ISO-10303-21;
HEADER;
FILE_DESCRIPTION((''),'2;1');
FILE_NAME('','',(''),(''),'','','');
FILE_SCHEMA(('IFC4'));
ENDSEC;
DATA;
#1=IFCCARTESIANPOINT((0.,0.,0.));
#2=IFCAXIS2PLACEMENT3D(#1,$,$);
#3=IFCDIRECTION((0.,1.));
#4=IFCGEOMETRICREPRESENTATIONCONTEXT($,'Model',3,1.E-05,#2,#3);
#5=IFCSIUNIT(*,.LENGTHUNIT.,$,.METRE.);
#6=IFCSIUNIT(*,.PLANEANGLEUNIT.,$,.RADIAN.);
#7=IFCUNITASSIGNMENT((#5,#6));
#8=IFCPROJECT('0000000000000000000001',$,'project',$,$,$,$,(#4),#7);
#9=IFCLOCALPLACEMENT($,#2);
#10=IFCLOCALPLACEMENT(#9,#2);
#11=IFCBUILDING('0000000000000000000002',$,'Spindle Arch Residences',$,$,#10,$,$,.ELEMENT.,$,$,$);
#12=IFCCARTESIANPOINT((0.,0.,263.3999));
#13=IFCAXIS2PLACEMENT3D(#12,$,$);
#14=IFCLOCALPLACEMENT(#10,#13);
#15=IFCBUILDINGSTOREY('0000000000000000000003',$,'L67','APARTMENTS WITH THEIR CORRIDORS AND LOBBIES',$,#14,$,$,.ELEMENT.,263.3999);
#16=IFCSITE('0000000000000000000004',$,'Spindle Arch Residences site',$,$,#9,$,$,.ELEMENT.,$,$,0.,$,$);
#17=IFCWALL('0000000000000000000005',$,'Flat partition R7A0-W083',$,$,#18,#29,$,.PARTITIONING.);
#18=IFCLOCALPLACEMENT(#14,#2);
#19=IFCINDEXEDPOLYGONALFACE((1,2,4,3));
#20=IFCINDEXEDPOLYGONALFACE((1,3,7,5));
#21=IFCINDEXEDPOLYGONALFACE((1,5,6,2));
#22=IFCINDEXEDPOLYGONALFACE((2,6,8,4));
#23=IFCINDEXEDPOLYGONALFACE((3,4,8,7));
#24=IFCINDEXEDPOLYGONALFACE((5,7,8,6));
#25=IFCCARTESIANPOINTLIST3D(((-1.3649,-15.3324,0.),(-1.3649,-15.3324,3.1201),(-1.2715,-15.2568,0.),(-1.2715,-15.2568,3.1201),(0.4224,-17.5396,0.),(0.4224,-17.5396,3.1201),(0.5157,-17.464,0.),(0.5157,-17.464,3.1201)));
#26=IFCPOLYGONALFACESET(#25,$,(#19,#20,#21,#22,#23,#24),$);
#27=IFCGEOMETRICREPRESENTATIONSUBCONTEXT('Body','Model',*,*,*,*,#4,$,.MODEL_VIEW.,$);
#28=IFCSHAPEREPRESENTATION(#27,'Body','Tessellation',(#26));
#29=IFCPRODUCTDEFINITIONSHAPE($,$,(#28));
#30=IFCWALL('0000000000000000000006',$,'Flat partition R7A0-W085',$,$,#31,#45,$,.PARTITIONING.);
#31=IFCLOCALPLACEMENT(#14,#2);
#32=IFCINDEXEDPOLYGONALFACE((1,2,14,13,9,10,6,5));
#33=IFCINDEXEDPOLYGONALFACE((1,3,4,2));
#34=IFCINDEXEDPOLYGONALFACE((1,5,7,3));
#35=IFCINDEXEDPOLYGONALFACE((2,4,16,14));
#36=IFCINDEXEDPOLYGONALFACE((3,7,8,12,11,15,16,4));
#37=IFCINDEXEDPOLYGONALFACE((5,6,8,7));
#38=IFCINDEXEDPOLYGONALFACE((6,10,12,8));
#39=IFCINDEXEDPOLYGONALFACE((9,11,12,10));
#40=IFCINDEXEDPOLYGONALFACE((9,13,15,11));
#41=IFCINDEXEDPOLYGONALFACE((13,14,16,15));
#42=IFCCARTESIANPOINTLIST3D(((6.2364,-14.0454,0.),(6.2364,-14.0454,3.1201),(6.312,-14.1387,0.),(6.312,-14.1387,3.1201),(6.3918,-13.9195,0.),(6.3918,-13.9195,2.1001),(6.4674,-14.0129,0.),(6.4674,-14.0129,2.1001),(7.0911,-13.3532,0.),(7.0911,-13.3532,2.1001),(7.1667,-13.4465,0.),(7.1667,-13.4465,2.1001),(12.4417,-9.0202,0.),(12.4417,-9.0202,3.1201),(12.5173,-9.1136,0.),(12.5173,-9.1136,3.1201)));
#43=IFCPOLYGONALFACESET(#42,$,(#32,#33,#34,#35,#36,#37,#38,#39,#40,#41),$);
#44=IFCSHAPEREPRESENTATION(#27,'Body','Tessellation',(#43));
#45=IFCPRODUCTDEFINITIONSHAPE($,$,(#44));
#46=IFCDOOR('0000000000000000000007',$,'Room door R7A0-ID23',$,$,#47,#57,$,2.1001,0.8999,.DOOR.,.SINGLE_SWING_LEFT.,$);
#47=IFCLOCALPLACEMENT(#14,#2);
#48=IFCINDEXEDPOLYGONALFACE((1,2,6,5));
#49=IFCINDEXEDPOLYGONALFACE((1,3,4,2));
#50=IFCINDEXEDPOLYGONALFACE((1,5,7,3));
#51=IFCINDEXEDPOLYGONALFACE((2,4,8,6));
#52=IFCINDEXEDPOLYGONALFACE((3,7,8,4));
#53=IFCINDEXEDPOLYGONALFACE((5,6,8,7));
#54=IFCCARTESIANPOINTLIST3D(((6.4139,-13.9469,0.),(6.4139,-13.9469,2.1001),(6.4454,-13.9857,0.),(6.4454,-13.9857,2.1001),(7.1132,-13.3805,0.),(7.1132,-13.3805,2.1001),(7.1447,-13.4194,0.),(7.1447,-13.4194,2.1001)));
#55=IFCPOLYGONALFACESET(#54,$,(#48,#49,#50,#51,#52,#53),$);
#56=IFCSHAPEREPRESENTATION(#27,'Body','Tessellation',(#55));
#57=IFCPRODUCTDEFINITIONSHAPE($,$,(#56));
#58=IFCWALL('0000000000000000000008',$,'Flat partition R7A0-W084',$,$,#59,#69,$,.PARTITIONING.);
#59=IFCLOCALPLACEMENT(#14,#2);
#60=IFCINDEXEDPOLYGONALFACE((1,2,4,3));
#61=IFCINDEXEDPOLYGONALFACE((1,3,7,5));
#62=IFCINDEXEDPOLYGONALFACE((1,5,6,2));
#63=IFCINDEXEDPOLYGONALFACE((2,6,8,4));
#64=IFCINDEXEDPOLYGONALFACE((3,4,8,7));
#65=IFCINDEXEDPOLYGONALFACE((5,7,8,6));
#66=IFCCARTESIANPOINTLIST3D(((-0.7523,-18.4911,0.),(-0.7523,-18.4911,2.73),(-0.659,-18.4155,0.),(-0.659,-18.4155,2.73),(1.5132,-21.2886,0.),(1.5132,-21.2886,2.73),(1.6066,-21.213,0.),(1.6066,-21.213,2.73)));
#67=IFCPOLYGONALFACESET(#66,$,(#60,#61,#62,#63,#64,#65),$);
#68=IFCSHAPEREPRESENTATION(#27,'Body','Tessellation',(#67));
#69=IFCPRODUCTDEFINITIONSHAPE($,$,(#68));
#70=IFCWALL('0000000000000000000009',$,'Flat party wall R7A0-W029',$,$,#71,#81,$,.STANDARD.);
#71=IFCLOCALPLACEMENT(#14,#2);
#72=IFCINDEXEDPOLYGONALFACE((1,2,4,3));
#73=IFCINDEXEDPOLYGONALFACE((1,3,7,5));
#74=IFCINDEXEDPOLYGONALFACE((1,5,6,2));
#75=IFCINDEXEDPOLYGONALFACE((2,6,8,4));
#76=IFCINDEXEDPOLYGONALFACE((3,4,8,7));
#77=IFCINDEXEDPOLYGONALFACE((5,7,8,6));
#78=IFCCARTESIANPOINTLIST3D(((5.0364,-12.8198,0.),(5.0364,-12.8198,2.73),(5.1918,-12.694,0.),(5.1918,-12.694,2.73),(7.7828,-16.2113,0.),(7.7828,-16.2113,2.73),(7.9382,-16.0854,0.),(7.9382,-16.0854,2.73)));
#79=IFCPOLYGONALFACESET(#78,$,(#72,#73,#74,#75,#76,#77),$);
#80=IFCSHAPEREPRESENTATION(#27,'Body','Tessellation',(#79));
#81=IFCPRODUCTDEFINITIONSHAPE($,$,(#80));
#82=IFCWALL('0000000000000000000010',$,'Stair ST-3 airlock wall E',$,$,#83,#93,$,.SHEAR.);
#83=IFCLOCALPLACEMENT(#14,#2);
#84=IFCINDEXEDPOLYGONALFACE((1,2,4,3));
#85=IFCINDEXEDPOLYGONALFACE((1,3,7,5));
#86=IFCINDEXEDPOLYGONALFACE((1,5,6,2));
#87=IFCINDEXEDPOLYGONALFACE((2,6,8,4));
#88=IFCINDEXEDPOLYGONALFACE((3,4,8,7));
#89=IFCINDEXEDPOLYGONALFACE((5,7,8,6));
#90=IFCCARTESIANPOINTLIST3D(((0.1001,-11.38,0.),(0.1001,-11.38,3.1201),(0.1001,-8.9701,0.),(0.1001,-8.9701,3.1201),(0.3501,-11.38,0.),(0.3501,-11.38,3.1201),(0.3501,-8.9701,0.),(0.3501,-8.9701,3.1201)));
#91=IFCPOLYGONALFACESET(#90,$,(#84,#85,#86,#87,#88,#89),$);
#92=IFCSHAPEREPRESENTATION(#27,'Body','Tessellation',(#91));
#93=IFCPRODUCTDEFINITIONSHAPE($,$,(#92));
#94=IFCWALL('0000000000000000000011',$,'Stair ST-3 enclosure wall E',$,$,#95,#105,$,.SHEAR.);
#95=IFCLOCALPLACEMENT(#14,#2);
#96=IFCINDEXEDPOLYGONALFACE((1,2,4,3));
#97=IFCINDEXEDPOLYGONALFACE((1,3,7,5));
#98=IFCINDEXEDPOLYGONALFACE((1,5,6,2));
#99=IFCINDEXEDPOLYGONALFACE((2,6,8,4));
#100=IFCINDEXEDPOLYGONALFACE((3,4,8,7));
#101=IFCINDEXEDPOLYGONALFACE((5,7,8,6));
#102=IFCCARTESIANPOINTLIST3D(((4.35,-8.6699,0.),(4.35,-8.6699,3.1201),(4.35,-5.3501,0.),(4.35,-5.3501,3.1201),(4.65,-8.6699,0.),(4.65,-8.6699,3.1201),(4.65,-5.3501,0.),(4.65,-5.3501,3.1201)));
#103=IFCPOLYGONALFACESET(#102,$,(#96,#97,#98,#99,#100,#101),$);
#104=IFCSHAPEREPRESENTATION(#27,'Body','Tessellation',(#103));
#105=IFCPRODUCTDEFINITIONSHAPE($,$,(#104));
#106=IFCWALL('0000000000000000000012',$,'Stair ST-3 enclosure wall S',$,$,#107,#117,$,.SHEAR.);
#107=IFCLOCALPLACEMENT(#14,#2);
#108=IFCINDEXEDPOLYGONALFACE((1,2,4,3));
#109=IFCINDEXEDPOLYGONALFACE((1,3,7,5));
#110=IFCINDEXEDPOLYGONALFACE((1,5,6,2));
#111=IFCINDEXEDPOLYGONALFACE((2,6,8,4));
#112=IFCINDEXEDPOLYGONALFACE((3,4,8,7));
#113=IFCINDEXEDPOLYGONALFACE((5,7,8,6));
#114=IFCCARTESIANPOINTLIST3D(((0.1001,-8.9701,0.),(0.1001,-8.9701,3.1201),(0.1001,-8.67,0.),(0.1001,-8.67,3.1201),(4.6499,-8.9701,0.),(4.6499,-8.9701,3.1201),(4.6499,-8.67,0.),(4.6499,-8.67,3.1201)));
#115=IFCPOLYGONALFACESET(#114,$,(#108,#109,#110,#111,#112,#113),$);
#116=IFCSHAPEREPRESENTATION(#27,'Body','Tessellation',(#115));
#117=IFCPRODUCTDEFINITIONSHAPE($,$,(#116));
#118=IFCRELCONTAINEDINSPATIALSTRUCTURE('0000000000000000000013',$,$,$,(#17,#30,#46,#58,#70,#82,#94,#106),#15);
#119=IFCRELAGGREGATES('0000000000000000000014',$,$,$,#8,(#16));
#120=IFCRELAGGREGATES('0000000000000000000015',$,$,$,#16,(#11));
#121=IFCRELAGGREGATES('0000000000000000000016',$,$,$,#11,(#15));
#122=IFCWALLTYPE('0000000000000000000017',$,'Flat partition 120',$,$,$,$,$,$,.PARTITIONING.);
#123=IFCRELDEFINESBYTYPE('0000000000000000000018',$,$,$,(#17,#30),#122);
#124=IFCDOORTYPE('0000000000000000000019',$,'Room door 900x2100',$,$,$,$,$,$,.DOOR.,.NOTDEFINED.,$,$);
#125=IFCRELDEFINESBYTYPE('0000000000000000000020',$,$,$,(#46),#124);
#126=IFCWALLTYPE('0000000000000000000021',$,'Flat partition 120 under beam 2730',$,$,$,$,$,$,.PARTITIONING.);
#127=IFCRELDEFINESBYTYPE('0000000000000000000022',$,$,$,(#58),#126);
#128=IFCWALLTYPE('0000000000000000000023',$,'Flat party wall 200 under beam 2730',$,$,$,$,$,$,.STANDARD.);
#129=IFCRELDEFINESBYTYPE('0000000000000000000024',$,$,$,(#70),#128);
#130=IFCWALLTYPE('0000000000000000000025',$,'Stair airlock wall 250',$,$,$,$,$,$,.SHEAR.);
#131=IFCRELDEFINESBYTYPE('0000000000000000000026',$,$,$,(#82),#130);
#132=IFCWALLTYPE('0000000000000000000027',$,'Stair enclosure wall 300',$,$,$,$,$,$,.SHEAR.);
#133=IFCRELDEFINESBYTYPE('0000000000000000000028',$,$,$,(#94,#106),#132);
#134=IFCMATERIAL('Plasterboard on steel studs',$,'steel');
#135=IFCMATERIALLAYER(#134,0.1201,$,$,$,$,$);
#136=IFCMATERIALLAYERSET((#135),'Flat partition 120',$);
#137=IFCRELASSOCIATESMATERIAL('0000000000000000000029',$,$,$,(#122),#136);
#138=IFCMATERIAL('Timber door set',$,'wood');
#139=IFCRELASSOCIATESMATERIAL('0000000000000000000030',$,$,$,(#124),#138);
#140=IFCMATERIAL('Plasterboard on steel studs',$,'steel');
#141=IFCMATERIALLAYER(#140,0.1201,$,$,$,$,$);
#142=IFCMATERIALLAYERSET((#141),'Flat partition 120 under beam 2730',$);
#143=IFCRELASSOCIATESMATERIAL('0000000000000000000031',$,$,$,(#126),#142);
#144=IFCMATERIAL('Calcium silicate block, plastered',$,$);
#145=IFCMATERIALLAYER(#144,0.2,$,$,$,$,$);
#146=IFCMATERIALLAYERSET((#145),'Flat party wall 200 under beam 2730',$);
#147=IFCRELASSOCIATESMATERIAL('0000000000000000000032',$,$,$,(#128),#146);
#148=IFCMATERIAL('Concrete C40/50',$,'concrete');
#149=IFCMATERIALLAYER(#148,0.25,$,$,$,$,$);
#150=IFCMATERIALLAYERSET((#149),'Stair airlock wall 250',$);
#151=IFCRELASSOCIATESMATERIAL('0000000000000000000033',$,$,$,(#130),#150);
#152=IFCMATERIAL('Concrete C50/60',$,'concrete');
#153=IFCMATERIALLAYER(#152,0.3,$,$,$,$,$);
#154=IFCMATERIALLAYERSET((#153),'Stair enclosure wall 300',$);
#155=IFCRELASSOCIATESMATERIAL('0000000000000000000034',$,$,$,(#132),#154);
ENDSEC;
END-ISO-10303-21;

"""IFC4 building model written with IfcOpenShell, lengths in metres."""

from ifc_helpers import new_model, si_unit, direction, frame, frame_2d, origin, place, context, subcontext, project, spatial, rectangle, extrude, material, layer, layer_set, type_object, element, fill, save


model = new_model("IFC4")

# Units and contexts
model_context = context("Model", 3, precision=1e-05, world=origin(), true_north=direction((0.0, 1.0)))
body_context = subcontext(model_context, "Body", "Model", "MODEL_VIEW")
ifc_project = project(units=[si_unit("LENGTHUNIT", "METRE"), si_unit("PLANEANGLEUNIT", "RADIAN")], contexts=[model_context])

# Site, building, storey
site_placement = place(None, origin())
site = spatial("IfcSite", under=ifc_project, at=site_placement, Name="Spindle Arch Residences site", CompositionType="ELEMENT", RefElevation=0.0)
building_placement = place(site_placement, origin())
building = spatial("IfcBuilding", under=site, at=building_placement, Name="Spindle Arch Residences", CompositionType="ELEMENT")
storey_placement = place(building_placement, frame((0.0, 0.0, 263.3999)))
storey = spatial("IfcBuildingStorey", under=building, at=storey_placement, Name="L67", Description="APARTMENTS WITH THEIR CORRIDORS AND LOBBIES", CompositionType="ELEMENT", Elevation=263.3999)

# Shared definitions
ifc_material_1 = material(Name="Plasterboard on steel studs", Category="steel")
ifc_layer_1 = layer(ifc_material_1, 0.1201)
ifc_layer_set_1 = layer_set([ifc_layer_1], Name="Flat partition 120")
wall_type_1 = type_object("IfcWallType", Name="Flat partition 120", PredefinedType="PARTITIONING", material=ifc_layer_set_1)
ifc_material_2 = material(Name="Timber door set", Category="wood")
door_type_1 = type_object("IfcDoorType", Name="Room door 900x2100", OperationType="NOTDEFINED", PredefinedType="DOOR", material=ifc_material_2)

# Wall
wall_1_placement = place(storey_placement, frame((0.469, -17.5017, 0.0), z_axis=(0.0, 0.0, 1.0), x_axis=(-0.629307, 0.777157, 0.0)))
element("IfcWall", 1, at=wall_1_placement, inside=storey, type_object=wall_type_1, Name="Flat partition R7A0-W083", PredefinedType="PARTITIONING", context=body_context, shape_type="SweptSolid", body=[
    extrude(rectangle(XDim=2.8401, YDim=0.1201, at=frame_2d((1.4199, 0.0))), origin(), (0.0, 0.0, 1.0), 3.1201),
])

# Wall, opening, door
wall_2_placement = place(storey_placement, frame((6.2742, -14.092, 0.0), z_axis=(0.0, 0.0, 1.0), x_axis=(0.777135, 0.629334, 0.0)))
wall_2 = element("IfcWall", 2, at=wall_2_placement, inside=storey, type_object=wall_type_1, Name="Flat partition R7A0-W085", PredefinedType="PARTITIONING", context=body_context, shape_type="SweptSolid", body=[
    extrude(rectangle(XDim=7.9849, YDim=0.1201, at=frame_2d((3.9924, 0.0))), origin(), (0.0, 0.0, 1.0), 3.1201),
])
opening_1_placement = place(wall_2_placement, frame((0.2, 0.0, 0.0)))
opening_1 = element("IfcOpeningElement", 3, at=opening_1_placement, cuts=wall_2, PredefinedType="OPENING", context=body_context, shape_type="SweptSolid", body=[
    extrude(rectangle(XDim=0.8999, YDim=2.1001, at=frame_2d((0.45, 1.05))), frame((0.0, 0.0701, 0.0), z_axis=(0.0, -1.0, 0.0), x_axis=(1.0, 0.0, 0.0)), (0.0, 0.0, 1.0), 0.1401),
])
door_1_placement = place(opening_1_placement, origin())
door_1 = element("IfcDoor", 4, at=door_1_placement, inside=storey, type_object=door_type_1, Name="Room door R7A0-ID23", OperationType="SINGLE_SWING_LEFT", OverallHeight=2.1001, OverallWidth=0.8999, PredefinedType="DOOR", context=body_context, shape_type="SweptSolid", body=[
    extrude(rectangle(XDim=0.8999, YDim=2.1001, at=frame_2d((0.45, 1.05))), frame((0.0, 0.0249, 0.0), z_axis=(0.0, -1.0, 0.0), x_axis=(1.0, 0.0, 0.0)), (0.0, 0.0, 1.0), 0.05),
])
fill(opening_1, door_1)

# Walls
ifc_material_3 = material(Name="Plasterboard on steel studs", Category="steel")
ifc_layer_2 = layer(ifc_material_3, 0.1201)
ifc_layer_set_2 = layer_set([ifc_layer_2], Name="Flat partition 120 under beam 2730")
wall_type_2 = type_object("IfcWallType", Name="Flat partition 120 under beam 2730", PredefinedType="PARTITIONING", material=ifc_layer_set_2)
wall_3_placement = place(storey_placement, frame((1.5598, -21.2507, 0.0), z_axis=(0.0, 0.0, 1.0), x_axis=(-0.629348, 0.777123, 0.0)))
element("IfcWall", 5, at=wall_3_placement, inside=storey, type_object=wall_type_2, Name="Flat partition R7A0-W084", PredefinedType="PARTITIONING", context=body_context, shape_type="SweptSolid", body=[
    extrude(rectangle(XDim=3.5999, YDim=0.1201, at=frame_2d((1.7998, 0.0))), origin(), (0.0, 0.0, 1.0), 2.73),
])
ifc_material_4 = material(Name="Calcium silicate block, plastered")
ifc_layer_3 = layer(ifc_material_4, 0.2)
ifc_layer_set_3 = layer_set([ifc_layer_3], Name="Flat party wall 200 under beam 2730")
wall_type_3 = type_object("IfcWallType", Name="Flat party wall 200 under beam 2730", PredefinedType="STANDARD", material=ifc_layer_set_3)
wall_4_placement = place(storey_placement, frame((7.8606, -16.1484, 0.0), z_axis=(0.0, 0.0, 1.0), x_axis=(-0.62933, 0.777138, 0.0)))
element("IfcWall", 6, at=wall_4_placement, inside=storey, type_object=wall_type_3, Name="Flat party wall R7A0-W029", PredefinedType="STANDARD", context=body_context, shape_type="SweptSolid", body=[
    extrude(rectangle(XDim=4.364, YDim=0.2, at=frame_2d((2.1821, 0.0))), origin(), (0.0, 0.0, 1.0), 2.73),
])
ifc_material_5 = material(Name="Concrete C40/50", Category="concrete")
ifc_layer_4 = layer(ifc_material_5, 0.25)
ifc_layer_set_4 = layer_set([ifc_layer_4], Name="Stair airlock wall 250")
wall_type_4 = type_object("IfcWallType", Name="Stair airlock wall 250", PredefinedType="SHEAR", material=ifc_layer_set_4)
wall_5_placement = place(storey_placement, frame((0.2251, -8.97, 0.0), z_axis=(0.0, 0.0, 1.0), x_axis=(0.0, -1.0, 0.0)))
element("IfcWall", 7, at=wall_5_placement, inside=storey, type_object=wall_type_4, Name="Stair ST-3 airlock wall E", PredefinedType="SHEAR", context=body_context, shape_type="SweptSolid", body=[
    extrude(rectangle(XDim=2.4099, YDim=0.25, at=frame_2d((1.2051, 0.0))), origin(), (0.0, 0.0, 1.0), 3.1201),
])
ifc_material_6 = material(Name="Concrete C50/60", Category="concrete")
ifc_layer_5 = layer(ifc_material_6, 0.3)
ifc_layer_set_5 = layer_set([ifc_layer_5], Name="Stair enclosure wall 300")
wall_type_5 = type_object("IfcWallType", Name="Stair enclosure wall 300", PredefinedType="SHEAR", material=ifc_layer_set_5)
wall_6_placement = place(storey_placement, frame((4.5, -8.6699, 0.0), z_axis=(0.0, 0.0, 1.0), x_axis=(0.0, 1.0, 0.0)))
element("IfcWall", 8, at=wall_6_placement, inside=storey, type_object=wall_type_5, Name="Stair ST-3 enclosure wall E", PredefinedType="SHEAR", context=body_context, shape_type="SweptSolid", body=[
    extrude(rectangle(XDim=3.3198, YDim=0.3, at=frame_2d((1.6599, 0.0))), origin(), (0.0, 0.0, 1.0), 3.1201),
])
wall_7_placement = place(storey_placement, frame((0.1001, -8.8201, 0.0), z_axis=(0.0, 0.0, 1.0), x_axis=(1.0, 0.0, 0.0)))
element("IfcWall", 9, at=wall_7_placement, inside=storey, type_object=wall_type_5, Name="Stair ST-3 enclosure wall S", PredefinedType="SHEAR", context=body_context, shape_type="SweptSolid", body=[
    extrude(rectangle(XDim=4.5498, YDim=0.3, at=frame_2d((2.2749, 0.0))), origin(), (0.0, 0.0, 1.0), 3.1201),
])

save(model, "model.ifc")
